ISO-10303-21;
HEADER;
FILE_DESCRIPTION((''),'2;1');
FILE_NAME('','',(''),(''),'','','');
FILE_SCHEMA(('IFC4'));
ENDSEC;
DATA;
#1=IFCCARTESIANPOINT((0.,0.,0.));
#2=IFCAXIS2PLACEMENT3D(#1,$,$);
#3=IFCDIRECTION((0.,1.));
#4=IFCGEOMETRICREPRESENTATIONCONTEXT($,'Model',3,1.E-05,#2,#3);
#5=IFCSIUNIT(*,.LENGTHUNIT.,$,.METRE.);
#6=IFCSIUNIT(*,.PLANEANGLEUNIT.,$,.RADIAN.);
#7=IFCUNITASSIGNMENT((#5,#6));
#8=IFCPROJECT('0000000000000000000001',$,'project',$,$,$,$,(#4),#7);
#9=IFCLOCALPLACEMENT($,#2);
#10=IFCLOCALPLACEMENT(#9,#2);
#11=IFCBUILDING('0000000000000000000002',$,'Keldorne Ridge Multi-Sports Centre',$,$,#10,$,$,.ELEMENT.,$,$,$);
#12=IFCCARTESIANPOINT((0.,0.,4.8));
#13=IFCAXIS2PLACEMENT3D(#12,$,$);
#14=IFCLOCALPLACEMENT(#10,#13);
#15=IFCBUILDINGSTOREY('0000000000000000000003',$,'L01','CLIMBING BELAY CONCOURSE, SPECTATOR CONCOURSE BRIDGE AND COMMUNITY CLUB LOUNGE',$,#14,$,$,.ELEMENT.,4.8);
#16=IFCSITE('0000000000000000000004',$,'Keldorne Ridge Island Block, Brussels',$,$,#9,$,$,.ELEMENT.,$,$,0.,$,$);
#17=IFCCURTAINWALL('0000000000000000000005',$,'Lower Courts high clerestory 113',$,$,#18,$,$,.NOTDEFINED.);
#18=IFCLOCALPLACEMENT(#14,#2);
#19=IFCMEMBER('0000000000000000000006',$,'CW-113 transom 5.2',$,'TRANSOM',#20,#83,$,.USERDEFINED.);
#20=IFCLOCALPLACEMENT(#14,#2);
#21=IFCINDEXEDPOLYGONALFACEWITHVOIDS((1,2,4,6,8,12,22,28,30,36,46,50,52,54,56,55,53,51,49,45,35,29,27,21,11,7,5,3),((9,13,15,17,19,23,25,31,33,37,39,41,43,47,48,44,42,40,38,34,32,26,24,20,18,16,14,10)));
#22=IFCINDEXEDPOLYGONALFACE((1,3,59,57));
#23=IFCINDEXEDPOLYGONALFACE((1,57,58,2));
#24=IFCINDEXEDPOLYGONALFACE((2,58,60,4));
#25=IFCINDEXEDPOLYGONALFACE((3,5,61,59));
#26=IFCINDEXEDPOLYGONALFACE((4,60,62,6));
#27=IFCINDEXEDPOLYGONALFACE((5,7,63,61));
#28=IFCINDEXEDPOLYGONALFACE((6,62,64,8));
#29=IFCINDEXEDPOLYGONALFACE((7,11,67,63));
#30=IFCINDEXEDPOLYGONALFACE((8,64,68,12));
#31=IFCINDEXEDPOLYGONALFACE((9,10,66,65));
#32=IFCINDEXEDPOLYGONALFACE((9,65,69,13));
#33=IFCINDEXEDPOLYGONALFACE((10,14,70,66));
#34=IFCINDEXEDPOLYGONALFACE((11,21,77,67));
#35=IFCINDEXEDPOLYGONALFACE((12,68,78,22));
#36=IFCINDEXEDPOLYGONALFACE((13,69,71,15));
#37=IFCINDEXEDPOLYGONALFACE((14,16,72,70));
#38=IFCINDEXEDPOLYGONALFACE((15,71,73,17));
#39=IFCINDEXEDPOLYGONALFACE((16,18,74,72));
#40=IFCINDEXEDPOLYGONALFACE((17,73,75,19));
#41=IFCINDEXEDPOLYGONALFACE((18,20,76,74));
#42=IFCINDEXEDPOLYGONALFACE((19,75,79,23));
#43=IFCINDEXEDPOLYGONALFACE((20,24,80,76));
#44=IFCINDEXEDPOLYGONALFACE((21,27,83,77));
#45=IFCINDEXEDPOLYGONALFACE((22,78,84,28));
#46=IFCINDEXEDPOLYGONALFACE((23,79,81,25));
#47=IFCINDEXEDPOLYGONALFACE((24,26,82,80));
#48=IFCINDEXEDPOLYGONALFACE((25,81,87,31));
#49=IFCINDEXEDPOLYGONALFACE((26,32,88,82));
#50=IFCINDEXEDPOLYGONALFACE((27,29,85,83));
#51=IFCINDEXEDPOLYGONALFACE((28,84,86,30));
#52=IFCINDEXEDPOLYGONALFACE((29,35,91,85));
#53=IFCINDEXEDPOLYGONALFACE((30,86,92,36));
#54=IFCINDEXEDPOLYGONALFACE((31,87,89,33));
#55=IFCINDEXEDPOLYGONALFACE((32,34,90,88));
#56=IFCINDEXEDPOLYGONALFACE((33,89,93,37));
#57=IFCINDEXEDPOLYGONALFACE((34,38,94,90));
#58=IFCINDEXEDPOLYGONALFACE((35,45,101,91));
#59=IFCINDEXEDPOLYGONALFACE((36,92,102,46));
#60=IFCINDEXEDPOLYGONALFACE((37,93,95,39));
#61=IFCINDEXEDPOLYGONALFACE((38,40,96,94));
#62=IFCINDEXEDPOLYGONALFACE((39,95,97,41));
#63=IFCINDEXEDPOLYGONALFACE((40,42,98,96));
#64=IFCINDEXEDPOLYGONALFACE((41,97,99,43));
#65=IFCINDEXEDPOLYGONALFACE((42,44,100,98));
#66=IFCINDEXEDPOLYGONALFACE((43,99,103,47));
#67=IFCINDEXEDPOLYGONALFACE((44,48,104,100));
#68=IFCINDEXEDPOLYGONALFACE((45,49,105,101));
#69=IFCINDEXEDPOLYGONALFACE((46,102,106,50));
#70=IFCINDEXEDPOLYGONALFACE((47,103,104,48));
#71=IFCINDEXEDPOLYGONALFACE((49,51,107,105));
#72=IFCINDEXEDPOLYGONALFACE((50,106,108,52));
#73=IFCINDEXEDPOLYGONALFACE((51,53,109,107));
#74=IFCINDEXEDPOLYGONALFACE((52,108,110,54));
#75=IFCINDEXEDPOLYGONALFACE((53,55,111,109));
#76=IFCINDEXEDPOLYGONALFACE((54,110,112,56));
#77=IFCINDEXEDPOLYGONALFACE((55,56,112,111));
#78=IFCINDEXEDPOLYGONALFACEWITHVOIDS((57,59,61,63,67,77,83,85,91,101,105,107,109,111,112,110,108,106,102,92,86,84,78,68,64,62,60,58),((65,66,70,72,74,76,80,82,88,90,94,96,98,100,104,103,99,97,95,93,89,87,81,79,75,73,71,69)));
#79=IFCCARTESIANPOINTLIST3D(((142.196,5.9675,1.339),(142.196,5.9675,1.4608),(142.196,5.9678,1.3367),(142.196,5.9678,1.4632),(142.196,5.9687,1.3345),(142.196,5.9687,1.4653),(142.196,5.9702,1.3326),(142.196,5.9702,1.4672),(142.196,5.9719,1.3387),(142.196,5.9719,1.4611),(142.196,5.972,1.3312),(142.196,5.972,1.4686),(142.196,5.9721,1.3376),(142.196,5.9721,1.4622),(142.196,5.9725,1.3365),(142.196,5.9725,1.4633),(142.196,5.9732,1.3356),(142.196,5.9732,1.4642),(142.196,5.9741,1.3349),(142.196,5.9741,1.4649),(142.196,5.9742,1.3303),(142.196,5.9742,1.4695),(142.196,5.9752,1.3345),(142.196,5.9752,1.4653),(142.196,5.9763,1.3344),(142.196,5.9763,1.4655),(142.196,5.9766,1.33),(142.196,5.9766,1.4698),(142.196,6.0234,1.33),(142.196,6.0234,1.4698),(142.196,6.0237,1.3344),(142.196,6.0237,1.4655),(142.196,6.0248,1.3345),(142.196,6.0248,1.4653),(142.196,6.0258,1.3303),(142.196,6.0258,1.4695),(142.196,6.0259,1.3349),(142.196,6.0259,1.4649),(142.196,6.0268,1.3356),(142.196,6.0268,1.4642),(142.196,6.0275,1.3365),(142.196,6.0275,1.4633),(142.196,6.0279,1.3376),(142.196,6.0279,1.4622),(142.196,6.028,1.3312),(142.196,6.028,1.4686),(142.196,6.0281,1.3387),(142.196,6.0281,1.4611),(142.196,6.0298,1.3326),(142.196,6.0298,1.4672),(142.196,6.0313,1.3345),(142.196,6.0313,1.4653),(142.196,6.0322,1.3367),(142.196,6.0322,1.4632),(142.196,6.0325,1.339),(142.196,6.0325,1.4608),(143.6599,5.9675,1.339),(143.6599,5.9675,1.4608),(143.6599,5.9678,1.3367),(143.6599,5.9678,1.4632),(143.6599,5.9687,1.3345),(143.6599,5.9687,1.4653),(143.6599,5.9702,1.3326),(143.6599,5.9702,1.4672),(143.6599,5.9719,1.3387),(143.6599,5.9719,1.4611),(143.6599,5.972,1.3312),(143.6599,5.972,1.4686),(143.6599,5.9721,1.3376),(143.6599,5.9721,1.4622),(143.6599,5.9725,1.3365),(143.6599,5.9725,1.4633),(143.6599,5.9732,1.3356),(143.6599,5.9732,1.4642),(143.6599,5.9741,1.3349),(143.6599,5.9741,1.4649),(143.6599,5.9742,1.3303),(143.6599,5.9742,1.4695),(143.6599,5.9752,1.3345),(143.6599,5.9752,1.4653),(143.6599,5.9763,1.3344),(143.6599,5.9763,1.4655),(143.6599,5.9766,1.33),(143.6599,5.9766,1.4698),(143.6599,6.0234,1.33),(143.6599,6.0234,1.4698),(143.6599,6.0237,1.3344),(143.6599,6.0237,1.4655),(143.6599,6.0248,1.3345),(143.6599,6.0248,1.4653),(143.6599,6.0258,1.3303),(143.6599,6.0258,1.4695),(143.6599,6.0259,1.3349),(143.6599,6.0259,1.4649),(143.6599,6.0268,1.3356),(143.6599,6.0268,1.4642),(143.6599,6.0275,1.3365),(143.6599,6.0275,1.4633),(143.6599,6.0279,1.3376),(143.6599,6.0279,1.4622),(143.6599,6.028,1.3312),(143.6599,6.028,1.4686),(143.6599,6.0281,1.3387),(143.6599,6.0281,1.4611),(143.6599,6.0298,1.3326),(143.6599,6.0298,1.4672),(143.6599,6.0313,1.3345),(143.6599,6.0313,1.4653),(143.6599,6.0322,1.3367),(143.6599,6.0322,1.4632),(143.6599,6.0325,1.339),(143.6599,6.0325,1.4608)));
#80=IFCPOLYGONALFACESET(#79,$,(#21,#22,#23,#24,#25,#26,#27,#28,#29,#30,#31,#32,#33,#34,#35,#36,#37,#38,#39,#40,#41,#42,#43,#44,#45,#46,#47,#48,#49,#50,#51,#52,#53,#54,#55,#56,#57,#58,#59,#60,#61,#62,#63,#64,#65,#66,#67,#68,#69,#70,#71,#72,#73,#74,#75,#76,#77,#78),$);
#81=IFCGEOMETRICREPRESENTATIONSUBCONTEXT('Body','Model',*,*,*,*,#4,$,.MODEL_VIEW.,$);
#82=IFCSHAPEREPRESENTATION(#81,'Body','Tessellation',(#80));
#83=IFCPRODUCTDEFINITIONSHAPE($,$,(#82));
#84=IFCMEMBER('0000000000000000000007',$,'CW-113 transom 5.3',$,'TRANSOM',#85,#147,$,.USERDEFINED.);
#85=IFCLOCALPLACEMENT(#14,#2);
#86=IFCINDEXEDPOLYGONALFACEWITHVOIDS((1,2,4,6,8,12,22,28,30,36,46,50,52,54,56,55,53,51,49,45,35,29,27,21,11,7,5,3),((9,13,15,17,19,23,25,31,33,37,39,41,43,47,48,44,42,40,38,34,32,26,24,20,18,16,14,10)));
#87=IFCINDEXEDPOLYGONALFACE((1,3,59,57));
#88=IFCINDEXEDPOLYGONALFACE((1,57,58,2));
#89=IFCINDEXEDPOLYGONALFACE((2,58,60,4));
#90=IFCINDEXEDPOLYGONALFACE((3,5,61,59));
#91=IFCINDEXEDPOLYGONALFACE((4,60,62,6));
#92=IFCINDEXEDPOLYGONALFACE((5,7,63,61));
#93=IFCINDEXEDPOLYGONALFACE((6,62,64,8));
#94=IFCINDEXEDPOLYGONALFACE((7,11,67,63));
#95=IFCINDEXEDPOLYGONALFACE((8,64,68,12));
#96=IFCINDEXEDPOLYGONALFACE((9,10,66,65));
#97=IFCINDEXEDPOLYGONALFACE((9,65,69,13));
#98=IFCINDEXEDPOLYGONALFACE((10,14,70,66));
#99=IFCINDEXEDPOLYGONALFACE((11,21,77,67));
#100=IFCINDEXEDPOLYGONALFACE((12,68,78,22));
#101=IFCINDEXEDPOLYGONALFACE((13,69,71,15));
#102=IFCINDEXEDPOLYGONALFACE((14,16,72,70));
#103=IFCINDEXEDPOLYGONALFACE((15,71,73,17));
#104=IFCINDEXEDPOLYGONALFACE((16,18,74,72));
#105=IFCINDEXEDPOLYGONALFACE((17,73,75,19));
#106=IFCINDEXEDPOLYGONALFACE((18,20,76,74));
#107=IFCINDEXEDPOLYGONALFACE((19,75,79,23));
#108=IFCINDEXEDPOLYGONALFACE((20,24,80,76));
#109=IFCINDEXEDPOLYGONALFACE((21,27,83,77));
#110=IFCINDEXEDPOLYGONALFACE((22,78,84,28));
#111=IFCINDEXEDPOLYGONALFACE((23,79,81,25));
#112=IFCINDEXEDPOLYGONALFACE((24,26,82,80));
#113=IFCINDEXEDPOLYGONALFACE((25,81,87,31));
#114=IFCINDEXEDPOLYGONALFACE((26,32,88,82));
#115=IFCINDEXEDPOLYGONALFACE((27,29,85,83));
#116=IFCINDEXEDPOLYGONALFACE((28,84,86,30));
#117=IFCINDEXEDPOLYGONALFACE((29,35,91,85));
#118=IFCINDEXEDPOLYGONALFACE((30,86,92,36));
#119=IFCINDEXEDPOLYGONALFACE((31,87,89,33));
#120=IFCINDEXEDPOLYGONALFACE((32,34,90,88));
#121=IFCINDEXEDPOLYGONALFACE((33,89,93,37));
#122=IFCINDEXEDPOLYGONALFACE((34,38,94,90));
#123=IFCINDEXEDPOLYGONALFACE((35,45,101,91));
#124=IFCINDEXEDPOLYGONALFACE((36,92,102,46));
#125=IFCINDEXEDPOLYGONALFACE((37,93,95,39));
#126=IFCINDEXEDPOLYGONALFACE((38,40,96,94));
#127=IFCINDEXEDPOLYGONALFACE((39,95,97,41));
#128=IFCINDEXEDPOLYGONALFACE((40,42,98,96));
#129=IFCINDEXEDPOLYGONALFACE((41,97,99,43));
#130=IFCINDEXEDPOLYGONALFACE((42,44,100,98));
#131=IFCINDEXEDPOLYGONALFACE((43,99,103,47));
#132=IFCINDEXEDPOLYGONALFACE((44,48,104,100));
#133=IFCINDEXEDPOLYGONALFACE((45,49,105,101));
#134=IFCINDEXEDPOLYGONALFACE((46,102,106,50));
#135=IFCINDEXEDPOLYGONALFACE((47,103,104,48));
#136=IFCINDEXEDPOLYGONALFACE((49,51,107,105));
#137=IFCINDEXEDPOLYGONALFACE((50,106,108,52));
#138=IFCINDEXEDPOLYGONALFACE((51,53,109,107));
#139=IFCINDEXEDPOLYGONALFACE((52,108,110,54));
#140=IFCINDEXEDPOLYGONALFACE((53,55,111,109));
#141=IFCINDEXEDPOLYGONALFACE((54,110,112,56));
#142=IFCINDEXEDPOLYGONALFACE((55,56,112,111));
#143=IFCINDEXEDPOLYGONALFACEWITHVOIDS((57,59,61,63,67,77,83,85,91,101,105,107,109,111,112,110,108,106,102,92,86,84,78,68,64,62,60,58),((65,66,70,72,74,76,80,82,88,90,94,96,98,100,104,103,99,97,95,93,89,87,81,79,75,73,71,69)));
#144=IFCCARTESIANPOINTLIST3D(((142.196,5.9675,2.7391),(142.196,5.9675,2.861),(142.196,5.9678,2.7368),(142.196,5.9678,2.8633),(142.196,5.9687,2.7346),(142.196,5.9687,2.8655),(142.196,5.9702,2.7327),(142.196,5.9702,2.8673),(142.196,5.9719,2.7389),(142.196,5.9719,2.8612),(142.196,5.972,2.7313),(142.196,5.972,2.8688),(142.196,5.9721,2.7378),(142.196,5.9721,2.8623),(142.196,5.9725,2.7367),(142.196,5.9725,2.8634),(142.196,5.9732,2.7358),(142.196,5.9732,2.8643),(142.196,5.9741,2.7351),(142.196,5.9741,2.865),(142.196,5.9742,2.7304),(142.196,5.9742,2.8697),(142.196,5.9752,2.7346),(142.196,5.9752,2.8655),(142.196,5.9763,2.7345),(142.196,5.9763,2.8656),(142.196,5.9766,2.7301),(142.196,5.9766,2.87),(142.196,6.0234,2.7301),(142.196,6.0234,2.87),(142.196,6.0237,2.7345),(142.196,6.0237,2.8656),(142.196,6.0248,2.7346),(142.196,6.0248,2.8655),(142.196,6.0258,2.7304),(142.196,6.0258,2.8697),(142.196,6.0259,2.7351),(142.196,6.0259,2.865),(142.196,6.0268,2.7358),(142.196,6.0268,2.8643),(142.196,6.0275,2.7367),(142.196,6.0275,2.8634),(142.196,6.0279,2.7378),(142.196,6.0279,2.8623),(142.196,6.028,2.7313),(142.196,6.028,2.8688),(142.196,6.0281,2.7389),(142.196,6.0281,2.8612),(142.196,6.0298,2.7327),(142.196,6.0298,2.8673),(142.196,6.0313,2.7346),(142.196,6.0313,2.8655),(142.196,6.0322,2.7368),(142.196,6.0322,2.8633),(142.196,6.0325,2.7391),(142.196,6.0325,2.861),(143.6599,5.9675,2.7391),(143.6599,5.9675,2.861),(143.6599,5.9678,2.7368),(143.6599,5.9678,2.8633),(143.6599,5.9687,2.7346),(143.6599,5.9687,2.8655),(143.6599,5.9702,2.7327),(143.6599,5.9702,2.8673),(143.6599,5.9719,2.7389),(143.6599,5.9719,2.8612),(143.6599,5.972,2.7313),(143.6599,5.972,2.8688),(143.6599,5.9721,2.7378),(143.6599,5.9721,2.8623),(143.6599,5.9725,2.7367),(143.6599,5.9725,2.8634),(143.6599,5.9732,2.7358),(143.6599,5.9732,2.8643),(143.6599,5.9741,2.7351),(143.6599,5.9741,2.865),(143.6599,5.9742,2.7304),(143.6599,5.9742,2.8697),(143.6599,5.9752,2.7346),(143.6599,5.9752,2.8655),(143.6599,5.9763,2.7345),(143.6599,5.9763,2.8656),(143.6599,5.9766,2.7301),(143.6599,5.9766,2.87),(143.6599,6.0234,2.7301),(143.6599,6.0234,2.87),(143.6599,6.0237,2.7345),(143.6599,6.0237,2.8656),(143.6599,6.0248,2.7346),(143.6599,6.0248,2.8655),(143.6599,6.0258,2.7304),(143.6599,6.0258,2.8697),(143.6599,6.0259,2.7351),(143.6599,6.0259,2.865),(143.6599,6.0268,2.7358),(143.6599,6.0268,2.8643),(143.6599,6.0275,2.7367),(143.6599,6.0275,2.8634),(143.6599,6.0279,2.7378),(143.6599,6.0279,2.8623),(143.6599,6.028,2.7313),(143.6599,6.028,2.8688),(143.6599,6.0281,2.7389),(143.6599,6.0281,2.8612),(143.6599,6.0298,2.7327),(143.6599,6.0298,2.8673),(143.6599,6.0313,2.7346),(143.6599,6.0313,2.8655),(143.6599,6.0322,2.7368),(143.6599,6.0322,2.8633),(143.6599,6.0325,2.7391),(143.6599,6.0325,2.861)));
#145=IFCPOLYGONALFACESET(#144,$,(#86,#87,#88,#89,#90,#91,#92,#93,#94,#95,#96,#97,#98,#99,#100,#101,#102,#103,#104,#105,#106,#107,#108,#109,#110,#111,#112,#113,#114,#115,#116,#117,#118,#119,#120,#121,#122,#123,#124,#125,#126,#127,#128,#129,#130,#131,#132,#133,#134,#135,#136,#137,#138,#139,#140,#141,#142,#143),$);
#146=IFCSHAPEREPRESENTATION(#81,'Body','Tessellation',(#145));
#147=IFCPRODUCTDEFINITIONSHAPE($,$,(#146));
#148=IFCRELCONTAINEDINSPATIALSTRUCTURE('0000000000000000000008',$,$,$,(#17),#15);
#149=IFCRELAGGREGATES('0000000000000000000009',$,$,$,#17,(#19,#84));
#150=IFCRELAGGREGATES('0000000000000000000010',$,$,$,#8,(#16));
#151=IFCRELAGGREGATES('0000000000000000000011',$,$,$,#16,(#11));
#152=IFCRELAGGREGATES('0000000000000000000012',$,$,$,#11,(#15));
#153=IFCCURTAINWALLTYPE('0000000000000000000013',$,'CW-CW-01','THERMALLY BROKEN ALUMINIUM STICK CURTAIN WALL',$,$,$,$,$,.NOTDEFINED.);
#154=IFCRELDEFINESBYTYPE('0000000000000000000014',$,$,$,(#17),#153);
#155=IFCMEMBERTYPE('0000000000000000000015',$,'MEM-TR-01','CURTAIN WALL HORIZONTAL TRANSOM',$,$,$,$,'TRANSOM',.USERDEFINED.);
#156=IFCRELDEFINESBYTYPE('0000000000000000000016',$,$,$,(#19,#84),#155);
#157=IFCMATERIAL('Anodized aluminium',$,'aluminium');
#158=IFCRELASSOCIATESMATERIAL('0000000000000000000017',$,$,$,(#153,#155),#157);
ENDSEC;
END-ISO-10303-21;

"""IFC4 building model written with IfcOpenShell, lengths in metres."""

from ifc_helpers import new_model, si_unit, direction, frame, origin, origin_2d, place, context, subcontext, project, spatial, hollow_rectangle, extrude, material, material_profile, profile_set, type_object, element, aggregate, save


model = new_model("IFC4")

# Units and contexts
model_context = context("Model", 3, precision=1e-05, world=origin(), true_north=direction((0.0, 1.0)))
body_context = subcontext(model_context, "Body", "Model", "MODEL_VIEW")
ifc_project = project(units=[si_unit("LENGTHUNIT", "METRE"), si_unit("PLANEANGLEUNIT", "RADIAN")], contexts=[model_context])

# Site, building, storey
site_placement = place(None, origin())
site = spatial("IfcSite", under=ifc_project, at=site_placement, Name="Keldorne Ridge Island Block, Brussels", CompositionType="ELEMENT", RefElevation=0.0)
building_placement = place(site_placement, origin())
building = spatial("IfcBuilding", under=site, at=building_placement, Name="Keldorne Ridge Multi-Sports Centre", CompositionType="ELEMENT")
storey_placement = place(building_placement, frame((0.0, 0.0, 4.8)))
storey = spatial("IfcBuildingStorey", under=building, at=storey_placement, Name="L01", Description="CLIMBING BELAY CONCOURSE, SPECTATOR CONCOURSE BRIDGE AND COMMUNITY CLUB LOUNGE", CompositionType="ELEMENT", Elevation=4.8)

# Curtain wall
ifc_material_1 = material(Name="Anodized aluminium", Category="aluminium")
curtain_wall_type = type_object("IfcCurtainWallType", Name="CW-CW-01", Description="THERMALLY BROKEN ALUMINIUM STICK CURTAIN WALL", PredefinedType="NOTDEFINED", material=ifc_material_1)
curtain_wall_placement = place(storey_placement, origin())
curtain_wall = element("IfcCurtainWall", 1, at=curtain_wall_placement, inside=storey, type_object=curtain_wall_type, Name="Lower Courts high clerestory 113", PredefinedType="NOTDEFINED")

# Members
ifc_material_profile_1 = material_profile(ifc_material_1, hollow_rectangle(XDim=0.0649, YDim=0.1399, WallThickness=0.0044, InnerFilletRadius=0.0044, OuterFilletRadius=0.009, at=origin_2d()), Name="ALU TRANSOM 140x65x4.5")
ifc_profile_set_1 = profile_set([ifc_material_profile_1], Name="Anodized aluminium")
member_type_1 = type_object("IfcMemberType", Name="MEM-TR-01", Description="CURTAIN WALL HORIZONTAL TRANSOM", ElementType="TRANSOM", PredefinedType="USERDEFINED", material=ifc_profile_set_1)
member_1_placement = place(storey_placement, frame((142.196, 6.0, 1.3999), z_axis=(1.0, 0.0, 0.0), x_axis=(0.0, 1.0, 0.0)))
member_1 = element("IfcMember", 2, at=member_1_placement, type_object=member_type_1, Name="CW-113 transom 5.2", ObjectType="TRANSOM", PredefinedType="USERDEFINED", context=body_context, shape_type="SweptSolid", body=[
    extrude(hollow_rectangle(XDim=0.0649, YDim=0.1399, WallThickness=0.0044, InnerFilletRadius=0.0044, OuterFilletRadius=0.009, at=origin_2d()), origin(), (0.0, 0.0, 1.0), 1.4639),
])
member_2_placement = place(storey_placement, frame((142.196, 6.0, 2.8), z_axis=(1.0, 0.0, 0.0), x_axis=(0.0, 1.0, 0.0)))
member_2 = element("IfcMember", 3, at=member_2_placement, type_object=member_type_1, Name="CW-113 transom 5.3", ObjectType="TRANSOM", PredefinedType="USERDEFINED", context=body_context, shape_type="SweptSolid", body=[
    extrude(hollow_rectangle(XDim=0.0649, YDim=0.1399, WallThickness=0.0044, InnerFilletRadius=0.0044, OuterFilletRadius=0.009, at=origin_2d()), origin(), (0.0, 0.0, 1.0), 1.4639),
])

aggregate(curtain_wall, [member_1, member_2])

save(model, "model.ifc")
